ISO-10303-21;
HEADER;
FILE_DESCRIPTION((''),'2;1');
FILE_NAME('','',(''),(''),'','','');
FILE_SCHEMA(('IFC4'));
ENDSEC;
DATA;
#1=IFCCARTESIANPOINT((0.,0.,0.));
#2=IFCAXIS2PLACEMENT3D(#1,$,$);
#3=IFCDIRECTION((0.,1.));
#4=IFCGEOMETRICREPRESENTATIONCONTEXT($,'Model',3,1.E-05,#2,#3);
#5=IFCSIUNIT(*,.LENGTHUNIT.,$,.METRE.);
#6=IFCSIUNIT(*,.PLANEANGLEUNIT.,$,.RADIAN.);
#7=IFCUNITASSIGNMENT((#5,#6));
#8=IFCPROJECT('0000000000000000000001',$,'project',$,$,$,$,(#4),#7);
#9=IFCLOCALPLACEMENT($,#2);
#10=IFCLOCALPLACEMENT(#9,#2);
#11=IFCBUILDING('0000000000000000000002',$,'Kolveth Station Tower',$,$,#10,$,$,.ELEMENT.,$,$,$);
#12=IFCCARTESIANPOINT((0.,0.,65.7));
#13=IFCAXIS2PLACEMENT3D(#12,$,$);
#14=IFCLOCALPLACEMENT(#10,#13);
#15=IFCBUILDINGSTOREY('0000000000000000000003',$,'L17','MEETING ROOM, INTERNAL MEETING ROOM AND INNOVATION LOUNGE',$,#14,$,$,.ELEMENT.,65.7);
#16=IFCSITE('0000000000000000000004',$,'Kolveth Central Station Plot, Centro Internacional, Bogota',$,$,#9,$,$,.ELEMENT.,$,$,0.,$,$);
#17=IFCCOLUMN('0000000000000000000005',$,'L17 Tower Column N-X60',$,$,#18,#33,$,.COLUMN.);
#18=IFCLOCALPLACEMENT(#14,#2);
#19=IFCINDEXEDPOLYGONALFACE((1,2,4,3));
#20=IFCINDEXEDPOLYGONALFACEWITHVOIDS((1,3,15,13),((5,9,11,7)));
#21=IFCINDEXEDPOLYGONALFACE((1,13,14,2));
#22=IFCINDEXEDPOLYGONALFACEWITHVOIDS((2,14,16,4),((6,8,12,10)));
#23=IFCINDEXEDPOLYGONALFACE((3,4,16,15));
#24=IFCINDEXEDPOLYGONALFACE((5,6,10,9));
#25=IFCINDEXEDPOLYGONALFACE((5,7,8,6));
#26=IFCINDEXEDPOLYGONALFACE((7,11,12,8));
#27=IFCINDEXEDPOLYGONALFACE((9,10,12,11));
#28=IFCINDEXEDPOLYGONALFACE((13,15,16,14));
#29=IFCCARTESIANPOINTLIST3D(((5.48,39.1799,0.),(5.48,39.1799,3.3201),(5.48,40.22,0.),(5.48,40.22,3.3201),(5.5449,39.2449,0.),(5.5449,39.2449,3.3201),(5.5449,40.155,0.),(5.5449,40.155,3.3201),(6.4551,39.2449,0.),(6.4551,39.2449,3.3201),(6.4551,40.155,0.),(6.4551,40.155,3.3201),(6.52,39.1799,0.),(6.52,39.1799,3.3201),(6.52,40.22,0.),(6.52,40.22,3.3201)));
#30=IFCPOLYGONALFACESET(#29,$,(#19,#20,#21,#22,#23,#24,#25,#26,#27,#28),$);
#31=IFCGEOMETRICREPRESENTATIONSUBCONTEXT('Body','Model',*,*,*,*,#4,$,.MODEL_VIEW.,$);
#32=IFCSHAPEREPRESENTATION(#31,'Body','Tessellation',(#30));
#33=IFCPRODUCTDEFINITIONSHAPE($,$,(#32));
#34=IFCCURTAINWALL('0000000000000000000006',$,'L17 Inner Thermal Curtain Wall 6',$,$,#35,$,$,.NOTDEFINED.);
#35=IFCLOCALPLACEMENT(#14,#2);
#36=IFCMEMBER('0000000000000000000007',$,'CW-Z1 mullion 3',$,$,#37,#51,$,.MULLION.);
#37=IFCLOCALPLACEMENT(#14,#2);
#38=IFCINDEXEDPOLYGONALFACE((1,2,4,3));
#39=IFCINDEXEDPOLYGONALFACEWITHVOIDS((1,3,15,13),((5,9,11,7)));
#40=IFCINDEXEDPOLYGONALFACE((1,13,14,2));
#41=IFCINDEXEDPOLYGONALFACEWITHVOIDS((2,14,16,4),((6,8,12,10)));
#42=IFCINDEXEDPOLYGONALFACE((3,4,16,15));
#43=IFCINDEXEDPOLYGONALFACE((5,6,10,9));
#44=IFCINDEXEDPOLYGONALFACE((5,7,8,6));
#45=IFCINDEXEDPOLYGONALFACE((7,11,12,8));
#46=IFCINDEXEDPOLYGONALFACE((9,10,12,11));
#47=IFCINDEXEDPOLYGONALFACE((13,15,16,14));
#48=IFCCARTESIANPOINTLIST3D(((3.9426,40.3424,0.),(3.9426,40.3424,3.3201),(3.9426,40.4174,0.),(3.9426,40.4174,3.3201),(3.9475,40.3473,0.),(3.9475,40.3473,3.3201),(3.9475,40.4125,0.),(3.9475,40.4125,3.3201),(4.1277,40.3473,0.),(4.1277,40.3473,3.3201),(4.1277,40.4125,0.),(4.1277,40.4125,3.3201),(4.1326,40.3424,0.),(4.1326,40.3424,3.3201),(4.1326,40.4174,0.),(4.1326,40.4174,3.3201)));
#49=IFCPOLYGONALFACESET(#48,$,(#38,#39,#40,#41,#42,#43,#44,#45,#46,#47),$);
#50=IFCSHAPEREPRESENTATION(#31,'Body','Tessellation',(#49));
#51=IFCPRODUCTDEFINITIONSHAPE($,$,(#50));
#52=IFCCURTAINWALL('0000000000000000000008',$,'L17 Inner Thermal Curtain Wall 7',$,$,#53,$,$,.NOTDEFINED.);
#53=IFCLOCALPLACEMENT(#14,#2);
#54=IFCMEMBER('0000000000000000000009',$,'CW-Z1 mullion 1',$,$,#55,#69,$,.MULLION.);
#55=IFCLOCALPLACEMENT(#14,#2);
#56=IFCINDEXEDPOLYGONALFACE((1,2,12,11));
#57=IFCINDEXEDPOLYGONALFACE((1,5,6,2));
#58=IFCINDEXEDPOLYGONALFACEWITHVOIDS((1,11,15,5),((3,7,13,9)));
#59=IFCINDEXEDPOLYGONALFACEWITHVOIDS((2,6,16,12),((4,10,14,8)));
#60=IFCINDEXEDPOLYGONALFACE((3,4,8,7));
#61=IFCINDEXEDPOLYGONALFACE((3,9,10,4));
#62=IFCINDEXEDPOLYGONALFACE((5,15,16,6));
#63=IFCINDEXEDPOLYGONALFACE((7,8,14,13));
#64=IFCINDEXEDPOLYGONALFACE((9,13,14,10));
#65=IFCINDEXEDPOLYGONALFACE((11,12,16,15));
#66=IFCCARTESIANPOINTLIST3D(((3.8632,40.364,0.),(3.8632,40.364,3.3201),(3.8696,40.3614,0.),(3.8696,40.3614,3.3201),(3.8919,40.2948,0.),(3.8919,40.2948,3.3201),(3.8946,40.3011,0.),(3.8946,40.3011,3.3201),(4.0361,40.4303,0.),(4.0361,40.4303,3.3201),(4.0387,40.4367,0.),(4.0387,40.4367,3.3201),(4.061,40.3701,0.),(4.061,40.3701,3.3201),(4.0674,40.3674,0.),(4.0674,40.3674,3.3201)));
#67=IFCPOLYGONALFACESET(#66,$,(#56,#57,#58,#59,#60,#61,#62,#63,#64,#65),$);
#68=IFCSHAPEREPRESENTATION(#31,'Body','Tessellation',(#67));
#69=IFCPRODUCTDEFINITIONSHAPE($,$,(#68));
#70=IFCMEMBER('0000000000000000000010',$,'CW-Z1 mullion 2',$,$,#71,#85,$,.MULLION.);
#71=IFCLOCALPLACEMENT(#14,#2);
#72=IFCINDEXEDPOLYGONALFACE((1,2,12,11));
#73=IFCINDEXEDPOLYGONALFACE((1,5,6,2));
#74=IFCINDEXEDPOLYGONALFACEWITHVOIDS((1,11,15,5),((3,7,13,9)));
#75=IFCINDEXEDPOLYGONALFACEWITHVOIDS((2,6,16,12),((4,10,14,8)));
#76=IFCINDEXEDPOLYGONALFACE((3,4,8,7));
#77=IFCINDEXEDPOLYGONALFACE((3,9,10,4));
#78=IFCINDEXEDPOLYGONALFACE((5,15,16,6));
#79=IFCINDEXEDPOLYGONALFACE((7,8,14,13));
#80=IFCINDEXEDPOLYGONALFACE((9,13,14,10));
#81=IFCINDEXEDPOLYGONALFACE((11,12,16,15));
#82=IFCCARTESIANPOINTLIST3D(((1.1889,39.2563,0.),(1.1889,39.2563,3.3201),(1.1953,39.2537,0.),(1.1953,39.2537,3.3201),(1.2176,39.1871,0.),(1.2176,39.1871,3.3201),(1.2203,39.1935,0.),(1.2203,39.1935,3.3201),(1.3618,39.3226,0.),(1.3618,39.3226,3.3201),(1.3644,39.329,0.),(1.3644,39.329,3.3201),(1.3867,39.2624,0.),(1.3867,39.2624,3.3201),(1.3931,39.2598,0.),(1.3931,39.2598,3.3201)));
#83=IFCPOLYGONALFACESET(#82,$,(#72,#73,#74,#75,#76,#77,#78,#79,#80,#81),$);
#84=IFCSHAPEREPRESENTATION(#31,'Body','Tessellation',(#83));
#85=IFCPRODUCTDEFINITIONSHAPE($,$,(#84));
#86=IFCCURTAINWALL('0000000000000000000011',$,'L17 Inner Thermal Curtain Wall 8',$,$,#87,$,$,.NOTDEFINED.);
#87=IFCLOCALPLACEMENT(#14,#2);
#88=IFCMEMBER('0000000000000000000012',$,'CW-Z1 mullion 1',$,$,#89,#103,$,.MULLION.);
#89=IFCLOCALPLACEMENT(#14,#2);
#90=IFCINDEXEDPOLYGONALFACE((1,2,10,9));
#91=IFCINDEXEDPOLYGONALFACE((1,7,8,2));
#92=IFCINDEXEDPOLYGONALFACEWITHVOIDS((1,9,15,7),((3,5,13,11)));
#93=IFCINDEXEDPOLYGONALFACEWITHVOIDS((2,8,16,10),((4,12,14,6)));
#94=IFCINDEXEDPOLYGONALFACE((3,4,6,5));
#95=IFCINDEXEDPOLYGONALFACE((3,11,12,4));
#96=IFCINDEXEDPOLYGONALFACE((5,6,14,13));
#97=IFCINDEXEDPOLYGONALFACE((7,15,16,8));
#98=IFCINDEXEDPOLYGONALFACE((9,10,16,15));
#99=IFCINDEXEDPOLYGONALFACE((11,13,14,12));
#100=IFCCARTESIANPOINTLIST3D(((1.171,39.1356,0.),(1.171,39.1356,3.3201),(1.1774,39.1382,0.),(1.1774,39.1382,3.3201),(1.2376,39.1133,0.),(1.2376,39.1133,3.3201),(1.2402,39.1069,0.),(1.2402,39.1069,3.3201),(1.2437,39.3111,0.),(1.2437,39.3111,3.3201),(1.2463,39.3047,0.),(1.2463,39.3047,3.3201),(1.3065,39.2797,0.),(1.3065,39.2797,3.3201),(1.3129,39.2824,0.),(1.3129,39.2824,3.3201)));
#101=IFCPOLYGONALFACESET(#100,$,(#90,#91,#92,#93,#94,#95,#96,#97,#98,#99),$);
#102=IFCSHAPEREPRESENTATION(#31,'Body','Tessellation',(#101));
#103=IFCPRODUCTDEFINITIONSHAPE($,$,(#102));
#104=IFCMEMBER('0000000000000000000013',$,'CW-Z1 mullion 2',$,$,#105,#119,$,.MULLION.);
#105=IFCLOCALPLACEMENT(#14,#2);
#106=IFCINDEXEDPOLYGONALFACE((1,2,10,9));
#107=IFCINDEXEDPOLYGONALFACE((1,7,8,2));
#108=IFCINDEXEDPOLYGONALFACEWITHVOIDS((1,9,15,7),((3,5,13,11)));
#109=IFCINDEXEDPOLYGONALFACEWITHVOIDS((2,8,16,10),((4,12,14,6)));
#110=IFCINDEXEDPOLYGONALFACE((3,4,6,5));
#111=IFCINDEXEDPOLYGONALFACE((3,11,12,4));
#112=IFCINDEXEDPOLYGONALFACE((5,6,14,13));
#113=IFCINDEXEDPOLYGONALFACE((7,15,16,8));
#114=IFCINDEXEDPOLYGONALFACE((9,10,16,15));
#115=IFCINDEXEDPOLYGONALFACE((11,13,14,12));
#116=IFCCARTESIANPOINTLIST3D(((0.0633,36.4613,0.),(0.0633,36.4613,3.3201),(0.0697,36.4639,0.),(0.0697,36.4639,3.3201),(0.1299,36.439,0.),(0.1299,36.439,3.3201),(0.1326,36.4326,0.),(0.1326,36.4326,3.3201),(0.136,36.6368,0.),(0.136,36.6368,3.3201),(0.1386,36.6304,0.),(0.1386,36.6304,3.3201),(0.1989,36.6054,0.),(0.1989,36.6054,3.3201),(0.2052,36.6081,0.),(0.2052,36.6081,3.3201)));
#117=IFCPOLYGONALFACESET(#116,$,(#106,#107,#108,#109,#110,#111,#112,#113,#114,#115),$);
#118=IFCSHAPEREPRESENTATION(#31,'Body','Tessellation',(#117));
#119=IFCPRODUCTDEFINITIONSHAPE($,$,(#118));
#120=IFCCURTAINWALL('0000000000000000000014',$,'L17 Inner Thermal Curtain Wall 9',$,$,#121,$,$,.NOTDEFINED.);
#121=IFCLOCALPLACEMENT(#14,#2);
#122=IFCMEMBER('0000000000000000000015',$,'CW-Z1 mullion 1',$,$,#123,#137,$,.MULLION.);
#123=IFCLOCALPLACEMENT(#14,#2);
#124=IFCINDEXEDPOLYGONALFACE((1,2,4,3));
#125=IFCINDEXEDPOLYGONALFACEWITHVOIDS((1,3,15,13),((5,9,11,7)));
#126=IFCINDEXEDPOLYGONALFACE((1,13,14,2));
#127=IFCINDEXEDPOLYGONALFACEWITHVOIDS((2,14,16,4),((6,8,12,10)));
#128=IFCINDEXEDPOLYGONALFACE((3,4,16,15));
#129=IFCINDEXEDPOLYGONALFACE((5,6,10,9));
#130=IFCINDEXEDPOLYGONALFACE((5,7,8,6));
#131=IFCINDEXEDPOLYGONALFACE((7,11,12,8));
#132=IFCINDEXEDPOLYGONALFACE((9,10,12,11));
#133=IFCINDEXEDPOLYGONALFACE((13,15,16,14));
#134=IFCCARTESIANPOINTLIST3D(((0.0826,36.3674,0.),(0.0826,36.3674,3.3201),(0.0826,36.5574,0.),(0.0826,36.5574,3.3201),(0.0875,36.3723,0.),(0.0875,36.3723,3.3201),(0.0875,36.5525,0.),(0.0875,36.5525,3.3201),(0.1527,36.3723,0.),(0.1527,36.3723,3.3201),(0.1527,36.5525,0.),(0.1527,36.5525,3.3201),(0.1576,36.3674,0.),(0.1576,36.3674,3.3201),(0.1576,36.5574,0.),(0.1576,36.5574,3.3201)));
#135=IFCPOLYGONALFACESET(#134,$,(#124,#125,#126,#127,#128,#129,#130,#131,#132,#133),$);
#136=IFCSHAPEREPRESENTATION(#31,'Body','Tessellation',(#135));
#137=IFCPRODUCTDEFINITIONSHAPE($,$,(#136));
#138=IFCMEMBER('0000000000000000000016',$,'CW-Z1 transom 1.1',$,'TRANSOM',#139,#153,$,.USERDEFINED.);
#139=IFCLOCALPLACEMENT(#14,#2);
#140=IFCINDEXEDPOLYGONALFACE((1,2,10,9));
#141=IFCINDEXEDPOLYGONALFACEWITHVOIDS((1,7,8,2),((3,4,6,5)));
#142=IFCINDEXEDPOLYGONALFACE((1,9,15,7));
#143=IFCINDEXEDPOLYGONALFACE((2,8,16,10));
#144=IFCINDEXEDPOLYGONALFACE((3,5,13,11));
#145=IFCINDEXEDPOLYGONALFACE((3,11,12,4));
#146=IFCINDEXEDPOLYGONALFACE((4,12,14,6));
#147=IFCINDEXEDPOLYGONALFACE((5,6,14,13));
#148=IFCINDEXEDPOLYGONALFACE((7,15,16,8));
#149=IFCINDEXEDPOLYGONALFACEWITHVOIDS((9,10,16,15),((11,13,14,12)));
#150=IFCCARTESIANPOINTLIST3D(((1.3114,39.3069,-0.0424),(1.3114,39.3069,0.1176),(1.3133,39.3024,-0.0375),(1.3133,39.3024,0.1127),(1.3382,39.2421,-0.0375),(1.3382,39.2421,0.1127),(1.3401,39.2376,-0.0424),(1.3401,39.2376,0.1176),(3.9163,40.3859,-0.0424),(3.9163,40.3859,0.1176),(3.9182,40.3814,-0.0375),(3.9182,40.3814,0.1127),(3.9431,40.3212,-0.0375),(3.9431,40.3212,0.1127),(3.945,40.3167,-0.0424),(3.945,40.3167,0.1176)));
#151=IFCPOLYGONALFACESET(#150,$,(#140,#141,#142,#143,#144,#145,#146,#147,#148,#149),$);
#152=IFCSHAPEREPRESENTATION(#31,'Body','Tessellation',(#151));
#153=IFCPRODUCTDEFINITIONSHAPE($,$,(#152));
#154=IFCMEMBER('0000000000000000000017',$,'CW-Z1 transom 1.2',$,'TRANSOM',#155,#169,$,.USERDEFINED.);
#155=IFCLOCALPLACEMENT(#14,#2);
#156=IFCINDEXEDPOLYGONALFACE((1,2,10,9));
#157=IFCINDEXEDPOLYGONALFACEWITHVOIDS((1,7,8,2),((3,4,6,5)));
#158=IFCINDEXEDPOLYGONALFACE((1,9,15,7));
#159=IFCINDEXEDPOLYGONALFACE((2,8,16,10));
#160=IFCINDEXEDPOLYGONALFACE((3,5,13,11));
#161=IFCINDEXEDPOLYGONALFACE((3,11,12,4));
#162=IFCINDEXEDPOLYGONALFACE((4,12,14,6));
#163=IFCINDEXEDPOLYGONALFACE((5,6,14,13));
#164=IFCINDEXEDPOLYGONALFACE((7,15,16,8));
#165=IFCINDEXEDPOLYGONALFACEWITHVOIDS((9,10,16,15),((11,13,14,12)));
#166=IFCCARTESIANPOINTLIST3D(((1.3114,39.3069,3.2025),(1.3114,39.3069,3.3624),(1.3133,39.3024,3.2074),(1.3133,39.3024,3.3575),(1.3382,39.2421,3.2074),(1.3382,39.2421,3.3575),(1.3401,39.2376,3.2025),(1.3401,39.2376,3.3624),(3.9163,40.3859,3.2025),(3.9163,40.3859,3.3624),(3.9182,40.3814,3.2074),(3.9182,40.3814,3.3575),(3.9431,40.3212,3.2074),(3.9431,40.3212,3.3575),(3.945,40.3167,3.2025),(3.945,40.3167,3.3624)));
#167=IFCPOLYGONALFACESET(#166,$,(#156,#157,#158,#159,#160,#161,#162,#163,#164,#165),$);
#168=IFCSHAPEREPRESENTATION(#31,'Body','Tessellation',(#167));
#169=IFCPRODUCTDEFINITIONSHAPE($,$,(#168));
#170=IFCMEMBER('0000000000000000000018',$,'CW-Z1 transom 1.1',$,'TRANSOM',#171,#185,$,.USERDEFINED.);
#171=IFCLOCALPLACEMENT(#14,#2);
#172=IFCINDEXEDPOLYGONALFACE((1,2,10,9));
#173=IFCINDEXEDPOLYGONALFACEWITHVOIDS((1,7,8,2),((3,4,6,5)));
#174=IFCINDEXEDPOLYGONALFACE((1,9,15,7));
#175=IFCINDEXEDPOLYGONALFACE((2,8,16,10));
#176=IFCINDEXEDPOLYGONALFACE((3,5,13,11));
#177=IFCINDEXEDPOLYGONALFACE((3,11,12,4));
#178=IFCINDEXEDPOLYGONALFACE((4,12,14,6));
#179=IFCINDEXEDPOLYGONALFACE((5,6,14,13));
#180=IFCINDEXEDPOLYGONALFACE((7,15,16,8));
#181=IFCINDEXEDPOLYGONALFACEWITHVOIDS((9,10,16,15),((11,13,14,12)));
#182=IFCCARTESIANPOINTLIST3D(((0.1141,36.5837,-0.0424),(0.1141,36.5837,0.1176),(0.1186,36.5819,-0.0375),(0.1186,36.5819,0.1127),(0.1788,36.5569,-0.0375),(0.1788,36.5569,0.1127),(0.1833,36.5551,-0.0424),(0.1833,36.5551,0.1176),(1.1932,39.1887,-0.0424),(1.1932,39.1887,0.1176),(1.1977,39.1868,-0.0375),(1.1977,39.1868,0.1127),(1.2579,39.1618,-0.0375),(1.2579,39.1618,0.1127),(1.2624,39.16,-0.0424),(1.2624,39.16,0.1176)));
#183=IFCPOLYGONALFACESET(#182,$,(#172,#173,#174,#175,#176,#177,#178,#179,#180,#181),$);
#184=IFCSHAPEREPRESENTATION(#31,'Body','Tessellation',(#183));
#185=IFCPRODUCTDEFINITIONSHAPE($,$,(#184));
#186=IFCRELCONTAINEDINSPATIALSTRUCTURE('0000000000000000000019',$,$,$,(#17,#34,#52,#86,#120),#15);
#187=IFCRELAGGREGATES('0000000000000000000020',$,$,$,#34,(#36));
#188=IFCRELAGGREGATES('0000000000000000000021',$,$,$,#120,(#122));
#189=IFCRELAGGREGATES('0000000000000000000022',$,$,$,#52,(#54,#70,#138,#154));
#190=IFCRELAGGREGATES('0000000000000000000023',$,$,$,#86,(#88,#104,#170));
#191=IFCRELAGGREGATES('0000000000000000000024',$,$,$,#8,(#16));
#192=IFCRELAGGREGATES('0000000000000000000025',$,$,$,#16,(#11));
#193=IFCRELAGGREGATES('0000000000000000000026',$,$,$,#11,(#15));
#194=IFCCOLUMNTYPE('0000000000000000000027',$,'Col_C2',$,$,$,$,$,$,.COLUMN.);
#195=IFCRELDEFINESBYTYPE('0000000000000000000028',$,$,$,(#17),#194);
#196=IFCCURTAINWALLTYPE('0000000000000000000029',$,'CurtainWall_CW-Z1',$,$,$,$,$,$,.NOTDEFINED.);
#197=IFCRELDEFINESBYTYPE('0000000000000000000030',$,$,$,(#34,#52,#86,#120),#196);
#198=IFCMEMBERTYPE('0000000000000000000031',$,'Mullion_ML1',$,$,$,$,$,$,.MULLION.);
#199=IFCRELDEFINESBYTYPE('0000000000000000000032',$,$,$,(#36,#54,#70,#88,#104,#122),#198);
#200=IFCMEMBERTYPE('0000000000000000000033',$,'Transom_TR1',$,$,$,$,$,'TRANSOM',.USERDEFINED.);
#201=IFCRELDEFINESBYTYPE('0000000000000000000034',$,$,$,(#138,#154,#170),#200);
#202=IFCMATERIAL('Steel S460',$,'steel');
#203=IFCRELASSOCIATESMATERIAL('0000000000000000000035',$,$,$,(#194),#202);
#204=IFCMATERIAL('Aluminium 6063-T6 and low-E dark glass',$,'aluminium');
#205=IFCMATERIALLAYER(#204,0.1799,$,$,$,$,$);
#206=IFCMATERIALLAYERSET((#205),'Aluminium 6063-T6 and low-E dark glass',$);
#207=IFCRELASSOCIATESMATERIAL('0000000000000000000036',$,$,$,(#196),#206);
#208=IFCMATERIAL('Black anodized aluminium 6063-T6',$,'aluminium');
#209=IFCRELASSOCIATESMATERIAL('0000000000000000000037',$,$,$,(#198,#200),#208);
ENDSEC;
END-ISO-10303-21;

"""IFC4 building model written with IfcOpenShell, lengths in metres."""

from ifc_helpers import new_model, si_unit, direction, frame, origin, origin_2d, place, context, subcontext, project, spatial, hollow_rectangle, extrude, source, transform, mapped, material, layer, layer_set, material_profile, profile_set, type_object, element, aggregate, save


model = new_model("IFC4")

# Units and contexts
model_context = context("Model", 3, precision=1e-05, world=origin(), true_north=direction((0.0, 1.0)))
body_context = subcontext(model_context, "Body", "Model", "MODEL_VIEW")
ifc_project = project(units=[si_unit("LENGTHUNIT", "METRE"), si_unit("PLANEANGLEUNIT", "RADIAN")], contexts=[model_context])

# Site, building, storey
site_placement = place(None, origin())
site = spatial("IfcSite", under=ifc_project, at=site_placement, Name="Kolveth Central Station Plot, Centro Internacional, Bogota", CompositionType="ELEMENT", RefElevation=0.0)
building_placement = place(site_placement, origin())
building = spatial("IfcBuilding", under=site, at=building_placement, Name="Kolveth Station Tower", CompositionType="ELEMENT")
storey_placement = place(building_placement, frame((0.0, 0.0, 65.7)))
storey = spatial("IfcBuildingStorey", under=building, at=storey_placement, Name="L17", Description="MEETING ROOM, INTERNAL MEETING ROOM AND INNOVATION LOUNGE", CompositionType="ELEMENT", Elevation=65.7)

# Column
ifc_material_1 = material(Name="Steel S460", Category="steel")
ifc_material_profile_1 = material_profile(ifc_material_1, hollow_rectangle(XDim=1.04, YDim=1.04, WallThickness=0.0649, at=origin_2d()), Name="BOX1040x1040x65")
ifc_profile_set_1 = profile_set([ifc_material_profile_1], Name="Steel S460")
column_type = type_object("IfcColumnType", Name="Col_C2", PredefinedType="COLUMN", material=ifc_profile_set_1)
shared_shape_1 = source(origin(), body_context, "Body", "SweptSolid", [
    extrude(hollow_rectangle(XDim=1.04, YDim=1.04, WallThickness=0.0649, at=origin_2d()), origin(), (0.0, 0.0, 1.0), 3.3201),
])
column_placement = place(storey_placement, frame((6.0, 39.7, 0.0), z_axis=(0.0, 0.0, 1.0), x_axis=(1.0, 0.0, 0.0)))
element("IfcColumn", 1, at=column_placement, inside=storey, type_object=column_type, Name="L17 Tower Column N-X60", PredefinedType="COLUMN", context=body_context, shape_type="MappedRepresentation", body=[
    mapped(shared_shape_1, transform((0.0, 0.0, 0.0), x_axis=(1.0, 0.0, 0.0), y_axis=(0.0, 1.0, 0.0), z_axis=(0.0, 0.0, 1.0), scale=1.0)),
])

# Curtain wall, member
ifc_material_2 = material(Name="Aluminium 6063-T6 and low-E dark glass", Category="aluminium")
ifc_layer_1 = layer(ifc_material_2, 0.1799)
ifc_layer_set_1 = layer_set([ifc_layer_1], Name="Aluminium 6063-T6 and low-E dark glass")
curtain_wall_type_1 = type_object("IfcCurtainWallType", Name="CurtainWall_CW-Z1", PredefinedType="NOTDEFINED", material=ifc_layer_set_1)
curtain_wall_1_placement = place(storey_placement, origin())
curtain_wall_1 = element("IfcCurtainWall", 2, at=curtain_wall_1_placement, inside=storey, type_object=curtain_wall_type_1, Name="L17 Inner Thermal Curtain Wall 6", PredefinedType="NOTDEFINED")
ifc_material_3 = material(Name="Black anodized aluminium 6063-T6", Category="aluminium")
ifc_material_profile_2 = material_profile(ifc_material_3, hollow_rectangle(XDim=0.075, YDim=0.1899, WallThickness=0.0049, at=origin_2d()), Name="ALU-75x190x5")
ifc_profile_set_2 = profile_set([ifc_material_profile_2], Name="Black anodized aluminium 6063-T6")
member_type_1 = type_object("IfcMemberType", Name="Mullion_ML1", PredefinedType="MULLION", material=ifc_profile_set_2)
shared_shape_2 = source(origin(), body_context, "Body", "SweptSolid", [
    extrude(hollow_rectangle(XDim=0.075, YDim=0.1899, WallThickness=0.0049, at=origin_2d()), origin(), (0.0, 0.0, 1.0), 3.3201),
])
member_1_placement = place(storey_placement, frame((4.0376, 40.3799, 0.0), z_axis=(0.0, 0.0, 1.0), x_axis=(0.0, -1.0, 0.0)))
member_1 = element("IfcMember", 3, at=member_1_placement, type_object=member_type_1, Name="CW-Z1 mullion 3", PredefinedType="MULLION", context=body_context, shape_type="MappedRepresentation", body=[
    mapped(shared_shape_2, transform((0.0, 0.0, 0.0), x_axis=(1.0, 0.0, 0.0), y_axis=(0.0, 1.0, 0.0), z_axis=(0.0, 0.0, 1.0), scale=1.0)),
])
aggregate(curtain_wall_1, [member_1])

# Curtain walls, members
curtain_wall_2_placement = place(storey_placement, origin())
curtain_wall_2 = element("IfcCurtainWall", 4, at=curtain_wall_2_placement, inside=storey, type_object=curtain_wall_type_1, Name="L17 Inner Thermal Curtain Wall 7", PredefinedType="NOTDEFINED")
member_2_placement = place(storey_placement, frame((3.9653, 40.3657, 0.0), z_axis=(0.0, 0.0, 1.0), x_axis=(0.382673, -0.923884, 0.0)))
member_2 = element("IfcMember", 5, at=member_2_placement, type_object=member_type_1, Name="CW-Z1 mullion 1", PredefinedType="MULLION", context=body_context, shape_type="MappedRepresentation", body=[
    mapped(shared_shape_2, transform((0.0, 0.0, 0.0), x_axis=(1.0, 0.0, 0.0), y_axis=(0.0, 1.0, 0.0), z_axis=(0.0, 0.0, 1.0), scale=1.0)),
])
member_3_placement = place(storey_placement, frame((1.291, 39.2581, 0.0), z_axis=(0.0, 0.0, 1.0), x_axis=(0.382673, -0.923884, 0.0)))
member_3 = element("IfcMember", 6, at=member_3_placement, type_object=member_type_1, Name="CW-Z1 mullion 2", PredefinedType="MULLION", context=body_context, shape_type="MappedRepresentation", body=[
    mapped(shared_shape_2, transform((0.0, 0.0, 0.0), x_axis=(1.0, 0.0, 0.0), y_axis=(0.0, 1.0, 0.0), z_axis=(0.0, 0.0, 1.0), scale=1.0)),
])
curtain_wall_3_placement = place(storey_placement, origin())
curtain_wall_3 = element("IfcCurtainWall", 7, at=curtain_wall_3_placement, inside=storey, type_object=curtain_wall_type_1, Name="L17 Inner Thermal Curtain Wall 8", PredefinedType="NOTDEFINED")
member_4_placement = place(storey_placement, frame((1.2419, 39.209, 0.0), z_axis=(0.0, 0.0, 1.0), x_axis=(0.923884, -0.382673, 0.0)))
member_4 = element("IfcMember", 8, at=member_4_placement, type_object=member_type_1, Name="CW-Z1 mullion 1", PredefinedType="MULLION", context=body_context, shape_type="MappedRepresentation", body=[
    mapped(shared_shape_2, transform((0.0, 0.0, 0.0), x_axis=(1.0, 0.0, 0.0), y_axis=(0.0, 1.0, 0.0), z_axis=(0.0, 0.0, 1.0), scale=1.0)),
])
member_5_placement = place(storey_placement, frame((0.1343, 36.5347, 0.0), z_axis=(0.0, 0.0, 1.0), x_axis=(0.923884, -0.382673, 0.0)))
member_5 = element("IfcMember", 9, at=member_5_placement, type_object=member_type_1, Name="CW-Z1 mullion 2", PredefinedType="MULLION", context=body_context, shape_type="MappedRepresentation", body=[
    mapped(shared_shape_2, transform((0.0, 0.0, 0.0), x_axis=(1.0, 0.0, 0.0), y_axis=(0.0, 1.0, 0.0), z_axis=(0.0, 0.0, 1.0), scale=1.0)),
])

# Curtain wall, member
curtain_wall_4_placement = place(storey_placement, origin())
curtain_wall_4 = element("IfcCurtainWall", 10, at=curtain_wall_4_placement, inside=storey, type_object=curtain_wall_type_1, Name="L17 Inner Thermal Curtain Wall 9", PredefinedType="NOTDEFINED")
member_6_placement = place(storey_placement, frame((0.1201, 36.4624, 0.0), z_axis=(0.0, 0.0, 1.0), x_axis=(1.0, 0.0, 0.0)))
member_6 = element("IfcMember", 11, at=member_6_placement, type_object=member_type_1, Name="CW-Z1 mullion 1", PredefinedType="MULLION", context=body_context, shape_type="MappedRepresentation", body=[
    mapped(shared_shape_2, transform((0.0, 0.0, 0.0), x_axis=(1.0, 0.0, 0.0), y_axis=(0.0, 1.0, 0.0), z_axis=(0.0, 0.0, 1.0), scale=1.0)),
])
aggregate(curtain_wall_4, [member_6])

# Members
ifc_material_profile_3 = material_profile(ifc_material_3, hollow_rectangle(XDim=0.075, YDim=0.1599, WallThickness=0.0049, at=origin_2d()), Name="ALU-75x160x5")
ifc_profile_set_3 = profile_set([ifc_material_profile_3], Name="Black anodized aluminium 6063-T6")
member_type_2 = type_object("IfcMemberType", Name="Transom_TR1", ElementType="TRANSOM", PredefinedType="USERDEFINED", material=ifc_profile_set_3)
shared_shape_3 = source(origin(), body_context, "Body", "SweptSolid", [
    extrude(hollow_rectangle(XDim=0.075, YDim=0.1599, WallThickness=0.0049, at=origin_2d()), origin(), (0.0, 0.0, 1.0), 2.8196),
])
member_7_placement = place(storey_placement, frame((3.9307, 40.3513, 0.0376), z_axis=(-0.923869, -0.382709, 0.0), x_axis=(0.382709, -0.923869, 0.0)))
member_7 = element("IfcMember", 12, at=member_7_placement, type_object=member_type_2, Name="CW-Z1 transom 1.1", ObjectType="TRANSOM", PredefinedType="USERDEFINED", context=body_context, shape_type="MappedRepresentation", body=[
    mapped(shared_shape_3, transform((0.0, 0.0, 0.0), x_axis=(1.0, 0.0, 0.0), y_axis=(0.0, 1.0, 0.0), z_axis=(0.0, 0.0, 1.0), scale=1.0)),
])
member_8_placement = place(storey_placement, frame((3.9307, 40.3513, 3.2825), z_axis=(-0.923869, -0.382709, 0.0), x_axis=(0.382709, -0.923869, 0.0)))
member_8 = element("IfcMember", 13, at=member_8_placement, type_object=member_type_2, Name="CW-Z1 transom 1.2", ObjectType="TRANSOM", PredefinedType="USERDEFINED", context=body_context, shape_type="MappedRepresentation", body=[
    mapped(shared_shape_3, transform((0.0, 0.0, 0.0), x_axis=(1.0, 0.0, 0.0), y_axis=(0.0, 1.0, 0.0), z_axis=(0.0, 0.0, 1.0), scale=1.0)),
])
member_9_placement = place(storey_placement, frame((1.2278, 39.1743, 0.0376), z_axis=(-0.382709, -0.923869, 0.0), x_axis=(0.923869, -0.382709, 0.0)))
member_9 = element("IfcMember", 14, at=member_9_placement, type_object=member_type_2, Name="CW-Z1 transom 1.1", ObjectType="TRANSOM", PredefinedType="USERDEFINED", context=body_context, shape_type="MappedRepresentation", body=[
    mapped(shared_shape_3, transform((0.0, 0.0, 0.0), x_axis=(1.0, 0.0, 0.0), y_axis=(0.0, 1.0, 0.0), z_axis=(0.0, 0.0, 1.0), scale=1.0)),
])

aggregate(curtain_wall_2, [member_2, member_3, member_7, member_8])
aggregate(curtain_wall_3, [member_4, member_5, member_9])

save(model, "model.ifc")
